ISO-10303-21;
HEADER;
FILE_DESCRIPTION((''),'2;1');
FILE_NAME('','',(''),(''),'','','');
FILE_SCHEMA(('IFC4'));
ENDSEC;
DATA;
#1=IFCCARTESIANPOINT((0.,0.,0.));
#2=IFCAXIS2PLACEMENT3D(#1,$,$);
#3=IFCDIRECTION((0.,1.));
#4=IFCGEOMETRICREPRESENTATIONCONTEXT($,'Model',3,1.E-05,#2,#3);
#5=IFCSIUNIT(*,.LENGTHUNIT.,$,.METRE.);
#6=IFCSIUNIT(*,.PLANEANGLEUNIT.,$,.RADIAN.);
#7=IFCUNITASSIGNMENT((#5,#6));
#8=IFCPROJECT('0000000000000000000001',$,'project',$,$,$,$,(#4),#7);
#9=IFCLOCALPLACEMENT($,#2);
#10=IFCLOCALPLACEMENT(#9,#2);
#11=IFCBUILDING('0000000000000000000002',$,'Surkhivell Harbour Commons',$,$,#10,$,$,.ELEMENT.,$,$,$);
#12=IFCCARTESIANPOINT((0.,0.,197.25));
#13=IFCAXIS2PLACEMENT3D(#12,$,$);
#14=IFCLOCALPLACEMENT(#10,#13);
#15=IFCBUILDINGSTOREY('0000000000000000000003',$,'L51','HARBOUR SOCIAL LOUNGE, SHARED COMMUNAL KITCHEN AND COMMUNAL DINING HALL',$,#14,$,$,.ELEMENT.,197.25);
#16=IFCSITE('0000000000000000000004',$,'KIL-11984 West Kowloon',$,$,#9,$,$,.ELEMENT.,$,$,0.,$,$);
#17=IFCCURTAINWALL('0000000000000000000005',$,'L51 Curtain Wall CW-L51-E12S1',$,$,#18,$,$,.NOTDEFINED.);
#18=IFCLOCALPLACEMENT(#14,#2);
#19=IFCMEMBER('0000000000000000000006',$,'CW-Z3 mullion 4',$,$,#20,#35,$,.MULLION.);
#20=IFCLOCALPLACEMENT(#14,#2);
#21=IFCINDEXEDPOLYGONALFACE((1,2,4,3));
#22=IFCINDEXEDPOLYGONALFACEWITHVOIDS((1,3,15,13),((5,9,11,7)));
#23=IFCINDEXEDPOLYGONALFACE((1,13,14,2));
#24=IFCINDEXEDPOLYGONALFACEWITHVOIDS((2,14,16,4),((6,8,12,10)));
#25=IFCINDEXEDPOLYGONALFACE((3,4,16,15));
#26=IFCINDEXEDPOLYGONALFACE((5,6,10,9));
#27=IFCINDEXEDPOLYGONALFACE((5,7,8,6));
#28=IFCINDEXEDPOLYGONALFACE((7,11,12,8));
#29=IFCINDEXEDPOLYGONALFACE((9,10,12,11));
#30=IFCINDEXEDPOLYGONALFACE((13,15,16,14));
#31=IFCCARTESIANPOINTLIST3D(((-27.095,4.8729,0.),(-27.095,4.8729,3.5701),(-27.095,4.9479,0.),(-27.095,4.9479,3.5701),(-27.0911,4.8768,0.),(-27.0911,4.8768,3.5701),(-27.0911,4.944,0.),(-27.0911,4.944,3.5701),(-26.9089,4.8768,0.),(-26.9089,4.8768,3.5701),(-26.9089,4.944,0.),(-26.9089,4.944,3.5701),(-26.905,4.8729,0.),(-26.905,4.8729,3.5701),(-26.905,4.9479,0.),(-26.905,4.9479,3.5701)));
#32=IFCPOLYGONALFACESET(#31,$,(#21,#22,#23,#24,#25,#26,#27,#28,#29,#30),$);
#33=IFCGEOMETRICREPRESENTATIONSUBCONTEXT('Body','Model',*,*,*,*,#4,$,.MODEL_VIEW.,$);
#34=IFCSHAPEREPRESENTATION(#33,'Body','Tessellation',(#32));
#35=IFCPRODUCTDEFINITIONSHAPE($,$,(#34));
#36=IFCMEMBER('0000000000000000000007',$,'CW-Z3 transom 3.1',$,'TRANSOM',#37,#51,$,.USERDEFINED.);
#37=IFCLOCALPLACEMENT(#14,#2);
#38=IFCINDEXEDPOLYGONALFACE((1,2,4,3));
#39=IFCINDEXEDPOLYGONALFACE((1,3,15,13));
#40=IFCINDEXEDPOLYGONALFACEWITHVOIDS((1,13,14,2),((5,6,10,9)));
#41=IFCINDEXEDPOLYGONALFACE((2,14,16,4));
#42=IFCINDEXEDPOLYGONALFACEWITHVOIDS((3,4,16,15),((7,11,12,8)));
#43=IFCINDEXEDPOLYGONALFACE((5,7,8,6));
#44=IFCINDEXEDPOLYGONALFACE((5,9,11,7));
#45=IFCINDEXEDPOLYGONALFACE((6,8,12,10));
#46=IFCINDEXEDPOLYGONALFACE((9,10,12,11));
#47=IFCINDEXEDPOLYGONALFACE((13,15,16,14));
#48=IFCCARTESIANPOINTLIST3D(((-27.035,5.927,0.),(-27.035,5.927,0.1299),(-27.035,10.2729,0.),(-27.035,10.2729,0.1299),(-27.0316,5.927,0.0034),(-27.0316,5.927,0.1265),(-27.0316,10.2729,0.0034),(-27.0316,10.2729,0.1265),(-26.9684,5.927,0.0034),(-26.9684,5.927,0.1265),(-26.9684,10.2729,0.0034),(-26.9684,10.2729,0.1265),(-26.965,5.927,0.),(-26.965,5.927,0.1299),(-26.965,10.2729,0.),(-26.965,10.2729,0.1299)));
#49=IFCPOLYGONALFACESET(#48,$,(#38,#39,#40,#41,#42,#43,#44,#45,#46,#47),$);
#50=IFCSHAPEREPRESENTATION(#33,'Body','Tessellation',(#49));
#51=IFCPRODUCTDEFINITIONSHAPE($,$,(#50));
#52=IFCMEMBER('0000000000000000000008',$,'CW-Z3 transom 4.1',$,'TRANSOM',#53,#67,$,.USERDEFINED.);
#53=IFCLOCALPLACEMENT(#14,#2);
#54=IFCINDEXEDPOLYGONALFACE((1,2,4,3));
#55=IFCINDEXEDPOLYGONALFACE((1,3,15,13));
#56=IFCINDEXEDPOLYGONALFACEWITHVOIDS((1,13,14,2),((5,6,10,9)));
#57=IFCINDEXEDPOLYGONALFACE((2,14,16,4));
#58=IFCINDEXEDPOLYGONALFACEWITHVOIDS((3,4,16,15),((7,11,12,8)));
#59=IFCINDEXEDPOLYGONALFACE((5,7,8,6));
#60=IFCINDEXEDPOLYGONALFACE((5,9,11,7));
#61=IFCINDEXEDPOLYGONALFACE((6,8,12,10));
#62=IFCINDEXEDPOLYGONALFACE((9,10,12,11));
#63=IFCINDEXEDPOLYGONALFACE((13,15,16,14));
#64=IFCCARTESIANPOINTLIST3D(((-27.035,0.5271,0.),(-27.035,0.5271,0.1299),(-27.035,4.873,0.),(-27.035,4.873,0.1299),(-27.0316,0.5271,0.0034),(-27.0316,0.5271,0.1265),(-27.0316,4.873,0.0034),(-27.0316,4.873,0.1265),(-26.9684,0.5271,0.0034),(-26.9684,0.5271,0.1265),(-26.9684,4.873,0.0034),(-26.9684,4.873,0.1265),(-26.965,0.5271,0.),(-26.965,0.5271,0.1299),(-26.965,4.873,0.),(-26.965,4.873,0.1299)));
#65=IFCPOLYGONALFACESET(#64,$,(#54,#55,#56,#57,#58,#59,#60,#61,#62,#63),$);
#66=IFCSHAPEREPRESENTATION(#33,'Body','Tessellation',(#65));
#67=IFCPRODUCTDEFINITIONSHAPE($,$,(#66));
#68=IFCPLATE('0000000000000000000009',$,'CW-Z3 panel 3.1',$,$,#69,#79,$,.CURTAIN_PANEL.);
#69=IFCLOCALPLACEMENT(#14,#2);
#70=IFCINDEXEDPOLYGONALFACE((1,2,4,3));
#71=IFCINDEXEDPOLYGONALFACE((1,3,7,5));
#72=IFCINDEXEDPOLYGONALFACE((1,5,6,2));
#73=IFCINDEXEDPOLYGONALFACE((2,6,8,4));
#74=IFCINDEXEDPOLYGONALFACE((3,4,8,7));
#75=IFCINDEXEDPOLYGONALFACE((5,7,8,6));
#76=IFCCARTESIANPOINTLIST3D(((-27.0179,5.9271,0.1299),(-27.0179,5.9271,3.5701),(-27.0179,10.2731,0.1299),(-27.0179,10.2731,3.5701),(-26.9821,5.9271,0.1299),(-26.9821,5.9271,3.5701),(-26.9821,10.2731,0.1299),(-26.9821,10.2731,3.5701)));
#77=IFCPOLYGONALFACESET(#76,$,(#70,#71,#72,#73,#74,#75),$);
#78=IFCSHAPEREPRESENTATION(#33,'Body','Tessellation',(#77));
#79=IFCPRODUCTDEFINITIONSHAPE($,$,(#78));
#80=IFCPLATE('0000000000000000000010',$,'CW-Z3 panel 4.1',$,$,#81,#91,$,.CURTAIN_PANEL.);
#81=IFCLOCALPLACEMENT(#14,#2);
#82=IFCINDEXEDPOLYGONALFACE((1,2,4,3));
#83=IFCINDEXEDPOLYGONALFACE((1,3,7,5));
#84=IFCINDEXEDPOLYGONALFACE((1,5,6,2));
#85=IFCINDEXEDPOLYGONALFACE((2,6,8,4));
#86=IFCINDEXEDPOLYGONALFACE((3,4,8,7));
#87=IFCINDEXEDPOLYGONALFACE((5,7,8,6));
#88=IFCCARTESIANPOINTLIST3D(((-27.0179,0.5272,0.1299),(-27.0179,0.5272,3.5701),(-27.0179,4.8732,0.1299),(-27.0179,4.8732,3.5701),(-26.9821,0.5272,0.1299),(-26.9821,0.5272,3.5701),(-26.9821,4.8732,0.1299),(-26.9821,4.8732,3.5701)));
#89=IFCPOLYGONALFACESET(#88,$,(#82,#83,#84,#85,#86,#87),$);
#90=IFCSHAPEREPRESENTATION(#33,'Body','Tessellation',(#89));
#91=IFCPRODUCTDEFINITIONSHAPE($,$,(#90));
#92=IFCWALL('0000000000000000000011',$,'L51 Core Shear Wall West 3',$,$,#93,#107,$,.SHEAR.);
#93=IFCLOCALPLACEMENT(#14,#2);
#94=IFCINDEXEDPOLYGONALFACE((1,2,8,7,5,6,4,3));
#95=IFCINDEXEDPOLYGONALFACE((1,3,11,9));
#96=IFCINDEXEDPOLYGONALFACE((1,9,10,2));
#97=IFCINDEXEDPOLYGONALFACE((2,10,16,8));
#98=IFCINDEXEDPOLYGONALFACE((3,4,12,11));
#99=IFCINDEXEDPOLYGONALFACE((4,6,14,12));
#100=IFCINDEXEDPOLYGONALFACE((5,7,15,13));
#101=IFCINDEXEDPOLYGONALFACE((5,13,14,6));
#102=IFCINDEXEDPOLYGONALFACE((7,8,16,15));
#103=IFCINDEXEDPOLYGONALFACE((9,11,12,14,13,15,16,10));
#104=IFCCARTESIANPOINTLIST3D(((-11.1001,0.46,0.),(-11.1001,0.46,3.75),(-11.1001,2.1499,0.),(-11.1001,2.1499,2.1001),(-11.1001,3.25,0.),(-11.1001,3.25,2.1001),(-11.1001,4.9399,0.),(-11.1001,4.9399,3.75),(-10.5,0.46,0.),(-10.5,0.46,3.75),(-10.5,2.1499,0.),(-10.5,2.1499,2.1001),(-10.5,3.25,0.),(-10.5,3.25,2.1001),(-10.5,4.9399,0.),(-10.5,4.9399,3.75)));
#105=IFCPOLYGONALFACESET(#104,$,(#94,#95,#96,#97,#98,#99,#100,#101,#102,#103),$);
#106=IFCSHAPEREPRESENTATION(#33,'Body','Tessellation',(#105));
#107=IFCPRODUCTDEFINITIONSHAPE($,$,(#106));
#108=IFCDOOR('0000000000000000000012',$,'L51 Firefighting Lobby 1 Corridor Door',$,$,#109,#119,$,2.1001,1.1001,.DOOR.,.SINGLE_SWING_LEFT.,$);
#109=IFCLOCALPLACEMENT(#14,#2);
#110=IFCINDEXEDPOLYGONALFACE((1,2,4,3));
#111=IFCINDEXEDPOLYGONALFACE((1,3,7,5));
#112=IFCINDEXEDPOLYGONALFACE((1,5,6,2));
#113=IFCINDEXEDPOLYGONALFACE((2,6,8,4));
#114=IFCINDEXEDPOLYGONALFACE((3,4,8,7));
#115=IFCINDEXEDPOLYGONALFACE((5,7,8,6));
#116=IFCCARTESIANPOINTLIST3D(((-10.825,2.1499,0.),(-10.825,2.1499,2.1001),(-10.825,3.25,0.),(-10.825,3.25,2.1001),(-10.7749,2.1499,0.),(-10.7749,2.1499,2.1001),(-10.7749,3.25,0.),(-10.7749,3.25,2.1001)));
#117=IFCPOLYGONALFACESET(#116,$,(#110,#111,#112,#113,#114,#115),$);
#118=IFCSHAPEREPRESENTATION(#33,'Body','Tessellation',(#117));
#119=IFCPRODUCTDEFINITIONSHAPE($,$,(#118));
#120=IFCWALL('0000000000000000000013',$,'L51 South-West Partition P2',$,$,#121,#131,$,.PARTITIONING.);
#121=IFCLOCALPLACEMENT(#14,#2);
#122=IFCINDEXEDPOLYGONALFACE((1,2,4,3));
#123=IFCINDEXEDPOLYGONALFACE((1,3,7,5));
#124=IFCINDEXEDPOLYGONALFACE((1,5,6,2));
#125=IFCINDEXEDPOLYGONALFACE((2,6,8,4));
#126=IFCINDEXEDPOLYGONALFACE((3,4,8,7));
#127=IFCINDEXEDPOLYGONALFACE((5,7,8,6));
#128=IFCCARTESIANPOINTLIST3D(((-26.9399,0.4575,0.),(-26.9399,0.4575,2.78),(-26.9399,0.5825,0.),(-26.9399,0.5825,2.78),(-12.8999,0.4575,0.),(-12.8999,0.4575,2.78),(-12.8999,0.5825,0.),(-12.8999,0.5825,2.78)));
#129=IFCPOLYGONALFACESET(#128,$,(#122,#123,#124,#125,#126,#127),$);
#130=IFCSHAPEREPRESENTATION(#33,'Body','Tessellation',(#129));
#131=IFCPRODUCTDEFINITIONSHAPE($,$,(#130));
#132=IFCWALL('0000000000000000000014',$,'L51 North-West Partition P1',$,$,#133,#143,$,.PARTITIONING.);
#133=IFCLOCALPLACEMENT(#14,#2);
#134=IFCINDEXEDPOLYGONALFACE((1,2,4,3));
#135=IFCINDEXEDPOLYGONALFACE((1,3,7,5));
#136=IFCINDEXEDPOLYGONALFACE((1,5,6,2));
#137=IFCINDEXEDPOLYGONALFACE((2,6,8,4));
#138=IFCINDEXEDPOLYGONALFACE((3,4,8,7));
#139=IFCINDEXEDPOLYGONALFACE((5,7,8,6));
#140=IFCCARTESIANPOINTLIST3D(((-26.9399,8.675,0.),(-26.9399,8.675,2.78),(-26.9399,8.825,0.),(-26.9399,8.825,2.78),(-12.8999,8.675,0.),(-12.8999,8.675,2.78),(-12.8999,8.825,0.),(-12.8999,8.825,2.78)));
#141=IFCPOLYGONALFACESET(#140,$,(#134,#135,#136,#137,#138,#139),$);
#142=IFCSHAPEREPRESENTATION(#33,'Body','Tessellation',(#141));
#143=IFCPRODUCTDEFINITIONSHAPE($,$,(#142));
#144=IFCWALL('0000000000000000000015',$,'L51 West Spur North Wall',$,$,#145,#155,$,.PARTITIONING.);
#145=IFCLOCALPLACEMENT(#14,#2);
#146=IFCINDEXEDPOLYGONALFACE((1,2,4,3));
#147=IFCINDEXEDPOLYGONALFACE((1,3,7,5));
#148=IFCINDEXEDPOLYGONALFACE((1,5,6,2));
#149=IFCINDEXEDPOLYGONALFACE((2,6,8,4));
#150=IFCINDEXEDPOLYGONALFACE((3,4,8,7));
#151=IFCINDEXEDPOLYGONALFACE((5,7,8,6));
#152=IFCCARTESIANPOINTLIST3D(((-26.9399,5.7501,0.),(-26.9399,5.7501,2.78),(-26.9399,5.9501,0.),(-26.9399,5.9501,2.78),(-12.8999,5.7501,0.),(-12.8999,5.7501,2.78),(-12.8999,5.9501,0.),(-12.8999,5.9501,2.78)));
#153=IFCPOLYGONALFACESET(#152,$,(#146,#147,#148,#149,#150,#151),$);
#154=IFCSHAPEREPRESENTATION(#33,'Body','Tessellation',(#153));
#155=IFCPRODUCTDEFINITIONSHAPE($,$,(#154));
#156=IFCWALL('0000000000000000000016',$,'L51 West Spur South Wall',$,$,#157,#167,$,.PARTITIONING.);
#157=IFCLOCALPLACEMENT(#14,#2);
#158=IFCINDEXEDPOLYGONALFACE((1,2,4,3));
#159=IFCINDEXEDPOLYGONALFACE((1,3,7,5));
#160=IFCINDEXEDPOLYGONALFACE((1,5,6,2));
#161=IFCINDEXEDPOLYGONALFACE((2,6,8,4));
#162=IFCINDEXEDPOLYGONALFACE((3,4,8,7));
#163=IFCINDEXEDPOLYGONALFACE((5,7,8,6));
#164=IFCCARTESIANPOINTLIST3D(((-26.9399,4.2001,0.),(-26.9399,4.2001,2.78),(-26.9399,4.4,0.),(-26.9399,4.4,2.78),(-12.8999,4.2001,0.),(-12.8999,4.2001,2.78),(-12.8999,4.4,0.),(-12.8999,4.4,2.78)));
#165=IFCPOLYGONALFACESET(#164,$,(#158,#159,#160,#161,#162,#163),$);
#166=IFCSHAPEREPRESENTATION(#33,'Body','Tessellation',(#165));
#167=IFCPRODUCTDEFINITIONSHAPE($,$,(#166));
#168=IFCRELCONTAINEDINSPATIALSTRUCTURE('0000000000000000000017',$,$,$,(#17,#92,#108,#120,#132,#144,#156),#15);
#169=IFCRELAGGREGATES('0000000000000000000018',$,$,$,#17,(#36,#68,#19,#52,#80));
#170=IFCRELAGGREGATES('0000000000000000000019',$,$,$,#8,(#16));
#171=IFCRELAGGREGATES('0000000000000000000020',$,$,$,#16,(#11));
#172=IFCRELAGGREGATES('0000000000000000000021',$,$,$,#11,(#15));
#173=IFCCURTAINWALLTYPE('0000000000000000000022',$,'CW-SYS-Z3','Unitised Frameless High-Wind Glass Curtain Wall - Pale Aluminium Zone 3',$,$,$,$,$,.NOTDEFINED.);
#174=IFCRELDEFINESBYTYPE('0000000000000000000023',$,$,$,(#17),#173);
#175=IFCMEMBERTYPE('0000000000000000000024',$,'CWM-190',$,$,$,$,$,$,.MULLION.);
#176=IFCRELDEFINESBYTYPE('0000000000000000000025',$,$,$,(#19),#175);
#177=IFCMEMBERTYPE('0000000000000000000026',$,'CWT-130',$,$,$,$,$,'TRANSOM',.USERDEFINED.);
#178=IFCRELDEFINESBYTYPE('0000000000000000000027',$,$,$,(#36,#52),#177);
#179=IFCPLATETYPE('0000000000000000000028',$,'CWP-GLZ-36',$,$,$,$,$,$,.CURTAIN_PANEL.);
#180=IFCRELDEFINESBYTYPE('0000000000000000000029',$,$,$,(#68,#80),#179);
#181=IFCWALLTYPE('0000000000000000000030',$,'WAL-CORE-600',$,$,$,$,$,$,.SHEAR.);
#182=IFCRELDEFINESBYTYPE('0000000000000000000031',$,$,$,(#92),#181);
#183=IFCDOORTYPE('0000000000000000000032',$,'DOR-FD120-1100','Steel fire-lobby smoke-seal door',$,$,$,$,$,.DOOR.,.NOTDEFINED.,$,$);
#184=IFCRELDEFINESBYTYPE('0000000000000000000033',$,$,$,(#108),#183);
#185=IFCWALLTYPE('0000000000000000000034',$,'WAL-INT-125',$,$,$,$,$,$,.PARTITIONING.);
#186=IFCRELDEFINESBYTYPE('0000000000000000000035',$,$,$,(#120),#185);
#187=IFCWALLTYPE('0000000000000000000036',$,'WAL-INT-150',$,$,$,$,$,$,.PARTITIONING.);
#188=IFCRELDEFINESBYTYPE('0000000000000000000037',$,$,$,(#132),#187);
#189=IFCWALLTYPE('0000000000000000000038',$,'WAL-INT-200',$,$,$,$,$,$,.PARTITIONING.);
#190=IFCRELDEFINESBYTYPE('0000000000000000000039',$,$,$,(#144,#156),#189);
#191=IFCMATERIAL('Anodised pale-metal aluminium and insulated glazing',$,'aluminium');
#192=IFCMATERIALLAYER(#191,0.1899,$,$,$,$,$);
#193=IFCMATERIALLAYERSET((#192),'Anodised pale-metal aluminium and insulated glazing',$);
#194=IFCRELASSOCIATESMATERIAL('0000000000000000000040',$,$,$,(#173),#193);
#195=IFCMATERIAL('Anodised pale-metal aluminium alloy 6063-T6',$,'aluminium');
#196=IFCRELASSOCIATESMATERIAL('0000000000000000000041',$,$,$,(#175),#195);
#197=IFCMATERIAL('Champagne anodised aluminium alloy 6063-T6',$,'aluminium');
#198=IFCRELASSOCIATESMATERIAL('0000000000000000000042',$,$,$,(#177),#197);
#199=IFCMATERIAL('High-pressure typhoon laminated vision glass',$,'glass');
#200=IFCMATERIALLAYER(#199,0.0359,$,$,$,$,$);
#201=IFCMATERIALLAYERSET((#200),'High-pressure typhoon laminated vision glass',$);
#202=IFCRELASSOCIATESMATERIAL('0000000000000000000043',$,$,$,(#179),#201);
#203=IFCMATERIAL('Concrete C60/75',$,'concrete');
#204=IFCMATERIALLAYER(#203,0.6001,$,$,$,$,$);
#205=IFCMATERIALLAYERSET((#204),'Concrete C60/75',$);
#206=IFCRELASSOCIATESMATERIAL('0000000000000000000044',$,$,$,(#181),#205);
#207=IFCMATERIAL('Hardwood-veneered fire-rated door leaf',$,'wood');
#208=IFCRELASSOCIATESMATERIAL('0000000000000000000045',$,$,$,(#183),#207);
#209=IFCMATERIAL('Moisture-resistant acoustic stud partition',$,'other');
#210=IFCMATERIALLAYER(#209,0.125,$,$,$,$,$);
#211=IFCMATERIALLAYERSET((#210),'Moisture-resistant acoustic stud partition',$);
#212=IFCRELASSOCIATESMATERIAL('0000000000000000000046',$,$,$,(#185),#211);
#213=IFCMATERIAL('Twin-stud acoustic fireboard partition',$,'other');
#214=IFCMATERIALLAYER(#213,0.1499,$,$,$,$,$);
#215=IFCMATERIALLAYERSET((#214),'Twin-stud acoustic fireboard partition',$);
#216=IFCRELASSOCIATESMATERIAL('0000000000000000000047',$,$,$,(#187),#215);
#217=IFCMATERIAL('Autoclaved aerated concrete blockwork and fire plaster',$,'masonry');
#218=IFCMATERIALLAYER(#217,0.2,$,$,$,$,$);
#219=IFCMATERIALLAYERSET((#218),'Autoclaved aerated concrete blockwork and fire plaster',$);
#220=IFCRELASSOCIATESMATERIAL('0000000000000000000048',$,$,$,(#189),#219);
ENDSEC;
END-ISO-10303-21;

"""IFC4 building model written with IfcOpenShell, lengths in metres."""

from ifc_helpers import new_model, si_unit, direction, frame, frame_2d, origin, origin_2d, place, context, subcontext, project, spatial, rectangle, hollow_rectangle, extrude, material, layer, layer_set, material_profile, profile_set, type_object, element, fill, aggregate, save


model = new_model("IFC4")

# Units and contexts
model_context = context("Model", 3, precision=1e-05, world=origin(), true_north=direction((0.0, 1.0)))
body_context = subcontext(model_context, "Body", "Model", "MODEL_VIEW")
ifc_project = project(units=[si_unit("LENGTHUNIT", "METRE"), si_unit("PLANEANGLEUNIT", "RADIAN")], contexts=[model_context])

# Site, building, storey
site_placement = place(None, origin())
site = spatial("IfcSite", under=ifc_project, at=site_placement, Name="KIL-11984 West Kowloon", CompositionType="ELEMENT", RefElevation=0.0)
building_placement = place(site_placement, origin())
building = spatial("IfcBuilding", under=site, at=building_placement, Name="Surkhivell Harbour Commons", CompositionType="ELEMENT")
storey_placement = place(building_placement, frame((0.0, 0.0, 197.25)))
storey = spatial("IfcBuildingStorey", under=building, at=storey_placement, Name="L51", Description="HARBOUR SOCIAL LOUNGE, SHARED COMMUNAL KITCHEN AND COMMUNAL DINING HALL", CompositionType="ELEMENT", Elevation=197.25)

# Shared definitions
ifc_material_1 = material(Name="Concrete C60/75", Category="concrete")

# Curtain wall, members, plates
ifc_material_2 = material(Name="Anodised pale-metal aluminium and insulated glazing", Category="aluminium")
ifc_layer_1 = layer(ifc_material_2, 0.1899)
ifc_layer_set_1 = layer_set([ifc_layer_1], Name="Anodised pale-metal aluminium and insulated glazing")
curtain_wall_type = type_object("IfcCurtainWallType", Name="CW-SYS-Z3", Description="Unitised Frameless High-Wind Glass Curtain Wall - Pale Aluminium Zone 3", PredefinedType="NOTDEFINED", material=ifc_layer_set_1)
curtain_wall_placement = place(storey_placement, origin())
curtain_wall = element("IfcCurtainWall", 1, at=curtain_wall_placement, inside=storey, type_object=curtain_wall_type, Name="L51 Curtain Wall CW-L51-E12S1", PredefinedType="NOTDEFINED")
ifc_material_3 = material(Name="Anodised pale-metal aluminium alloy 6063-T6", Category="aluminium")
ifc_material_profile_1 = material_profile(ifc_material_3, hollow_rectangle(XDim=0.075, YDim=0.1899, WallThickness=0.0039, at=origin_2d()), Name="ALU-MULL-75x190")
ifc_profile_set_1 = profile_set([ifc_material_profile_1], Name="Anodised pale-metal aluminium alloy 6063-T6")
member_type_1 = type_object("IfcMemberType", Name="CWM-190", PredefinedType="MULLION", material=ifc_profile_set_1)
member_1_placement = place(storey_placement, frame((-27.0, 4.9104, 0.0), z_axis=(0.0, 0.0, 1.0), x_axis=(0.0, -1.0, 0.0)))
member_1 = element("IfcMember", 2, at=member_1_placement, type_object=member_type_1, Name="CW-Z3 mullion 4", PredefinedType="MULLION", context=body_context, shape_type="SweptSolid", body=[
    extrude(hollow_rectangle(XDim=0.075, YDim=0.1899, WallThickness=0.0039, at=origin_2d()), origin(), (0.0, 0.0, 1.0), 3.5701),
])
ifc_material_4 = material(Name="Champagne anodised aluminium alloy 6063-T6", Category="aluminium")
ifc_material_profile_2 = material_profile(ifc_material_4, hollow_rectangle(XDim=0.0701, YDim=0.1299, WallThickness=0.0034, at=origin_2d()), Name="ALU-TRAN-70x130")
ifc_profile_set_2 = profile_set([ifc_material_profile_2], Name="Champagne anodised aluminium alloy 6063-T6")
member_type_2 = type_object("IfcMemberType", Name="CWT-130", ElementType="TRANSOM", PredefinedType="USERDEFINED", material=ifc_profile_set_2)
member_2_placement = place(storey_placement, frame((-27.0, 10.2729, 0.0649), z_axis=(0.0, -1.0, 0.0), x_axis=(1.0, 0.0, 0.0)))
member_2 = element("IfcMember", 3, at=member_2_placement, type_object=member_type_2, Name="CW-Z3 transom 3.1", ObjectType="TRANSOM", PredefinedType="USERDEFINED", context=body_context, shape_type="SweptSolid", body=[
    extrude(hollow_rectangle(XDim=0.0701, YDim=0.1299, WallThickness=0.0034, at=origin_2d()), origin(), (0.0, 0.0, 1.0), 4.3459),
])
member_3_placement = place(storey_placement, frame((-27.0, 4.873, 0.0649), z_axis=(0.0, -1.0, 0.0), x_axis=(1.0, 0.0, 0.0)))
member_3 = element("IfcMember", 4, at=member_3_placement, type_object=member_type_2, Name="CW-Z3 transom 4.1", ObjectType="TRANSOM", PredefinedType="USERDEFINED", context=body_context, shape_type="SweptSolid", body=[
    extrude(hollow_rectangle(XDim=0.0701, YDim=0.1299, WallThickness=0.0034, at=origin_2d()), origin(), (0.0, 0.0, 1.0), 4.3459),
])
ifc_material_5 = material(Name="High-pressure typhoon laminated vision glass", Category="glass")
ifc_layer_2 = layer(ifc_material_5, 0.0359)
ifc_layer_set_2 = layer_set([ifc_layer_2], Name="High-pressure typhoon laminated vision glass")
plate_type = type_object("IfcPlateType", Name="CWP-GLZ-36", PredefinedType="CURTAIN_PANEL", material=ifc_layer_set_2)
plate_1_placement = place(storey_placement, frame((-27.0, 10.2729, 0.1299), z_axis=(0.0, 0.0, 1.0), x_axis=(0.0, -1.0, 0.0)))
plate_1 = element("IfcPlate", 5, at=plate_1_placement, type_object=plate_type, Name="CW-Z3 panel 3.1", PredefinedType="CURTAIN_PANEL", context=body_context, shape_type="SweptSolid", body=[
    extrude(rectangle(XDim=4.3459, YDim=0.0359, at=frame_2d((2.1729, 0.0))), origin(), (0.0, 0.0, 1.0), 3.4402),
])
plate_2_placement = place(storey_placement, frame((-27.0, 4.873, 0.1299), z_axis=(0.0, 0.0, 1.0), x_axis=(0.0, -1.0, 0.0)))
plate_2 = element("IfcPlate", 6, at=plate_2_placement, type_object=plate_type, Name="CW-Z3 panel 4.1", PredefinedType="CURTAIN_PANEL", context=body_context, shape_type="SweptSolid", body=[
    extrude(rectangle(XDim=4.3459, YDim=0.0359, at=frame_2d((2.1729, 0.0))), origin(), (0.0, 0.0, 1.0), 3.4402),
])
aggregate(curtain_wall, [member_2, plate_1, member_1, member_3, plate_2])

# Wall, opening, door
ifc_layer_3 = layer(ifc_material_1, 0.6001)
ifc_layer_set_3 = layer_set([ifc_layer_3], Name="Concrete C60/75")
wall_type_1 = type_object("IfcWallType", Name="WAL-CORE-600", PredefinedType="SHEAR", material=ifc_layer_set_3)
wall_1_placement = place(storey_placement, frame((-10.8, 0.46, 0.0), z_axis=(0.0, 0.0, 1.0), x_axis=(0.0, 1.0, 0.0)))
wall_1 = element("IfcWall", 7, at=wall_1_placement, inside=storey, type_object=wall_type_1, Name="L51 Core Shear Wall West 3", PredefinedType="SHEAR", context=body_context, shape_type="SweptSolid", body=[
    extrude(rectangle(XDim=4.48, YDim=0.6001, at=frame_2d((2.24, 0.0))), origin(), (0.0, 0.0, 1.0), 3.75),
])
opening_1_placement = place(wall_1_placement, frame((1.6899, 0.0, 0.0)))
opening_1 = element("IfcOpeningElement", 8, at=opening_1_placement, cuts=wall_1, PredefinedType="OPENING", context=body_context, shape_type="SweptSolid", body=[
    extrude(rectangle(XDim=1.1001, YDim=2.1001, at=frame_2d((0.55, 1.05))), frame((0.0, 0.3101, 0.0), z_axis=(0.0, -1.0, 0.0), x_axis=(1.0, 0.0, 0.0)), (0.0, 0.0, 1.0), 0.6201),
])
ifc_material_6 = material(Name="Hardwood-veneered fire-rated door leaf", Category="wood")
door_type_1 = type_object("IfcDoorType", Name="DOR-FD120-1100", Description="Steel fire-lobby smoke-seal door", OperationType="NOTDEFINED", PredefinedType="DOOR", material=ifc_material_6)
door_1_placement = place(opening_1_placement, origin())
door_1 = element("IfcDoor", 9, at=door_1_placement, inside=storey, type_object=door_type_1, Name="L51 Firefighting Lobby 1 Corridor Door", OperationType="SINGLE_SWING_LEFT", OverallHeight=2.1001, OverallWidth=1.1001, PredefinedType="DOOR", context=body_context, shape_type="SweptSolid", body=[
    extrude(rectangle(XDim=1.1001, YDim=2.1001, at=frame_2d((0.55, 1.05))), frame((0.0, 0.0249, 0.0), z_axis=(0.0, -1.0, 0.0), x_axis=(1.0, 0.0, 0.0)), (0.0, 0.0, 1.0), 0.05),
])
fill(opening_1, door_1)

# Walls
ifc_material_7 = material(Name="Moisture-resistant acoustic stud partition", Category="other")
ifc_layer_4 = layer(ifc_material_7, 0.125)
ifc_layer_set_4 = layer_set([ifc_layer_4], Name="Moisture-resistant acoustic stud partition")
wall_type_2 = type_object("IfcWallType", Name="WAL-INT-125", PredefinedType="PARTITIONING", material=ifc_layer_set_4)
wall_2_placement = place(storey_placement, frame((-26.9399, 0.52, 0.0), z_axis=(0.0, 0.0, 1.0), x_axis=(1.0, 0.0, 0.0)))
element("IfcWall", 10, at=wall_2_placement, inside=storey, type_object=wall_type_2, Name="L51 South-West Partition P2", PredefinedType="PARTITIONING", context=body_context, shape_type="SweptSolid", body=[
    extrude(rectangle(XDim=14.04, YDim=0.125, at=frame_2d((7.02, 0.0))), origin(), (0.0, 0.0, 1.0), 2.78),
])
ifc_material_8 = material(Name="Twin-stud acoustic fireboard partition", Category="other")
ifc_layer_5 = layer(ifc_material_8, 0.1499)
ifc_layer_set_5 = layer_set([ifc_layer_5], Name="Twin-stud acoustic fireboard partition")
wall_type_3 = type_object("IfcWallType", Name="WAL-INT-150", PredefinedType="PARTITIONING", material=ifc_layer_set_5)
wall_3_placement = place(storey_placement, frame((-26.9399, 8.75, 0.0), z_axis=(0.0, 0.0, 1.0), x_axis=(1.0, 0.0, 0.0)))
element("IfcWall", 11, at=wall_3_placement, inside=storey, type_object=wall_type_3, Name="L51 North-West Partition P1", PredefinedType="PARTITIONING", context=body_context, shape_type="SweptSolid", body=[
    extrude(rectangle(XDim=14.04, YDim=0.1499, at=frame_2d((7.02, 0.0))), origin(), (0.0, 0.0, 1.0), 2.78),
])
ifc_material_9 = material(Name="Autoclaved aerated concrete blockwork and fire plaster", Category="masonry")
ifc_layer_6 = layer(ifc_material_9, 0.2)
ifc_layer_set_6 = layer_set([ifc_layer_6], Name="Autoclaved aerated concrete blockwork and fire plaster")
wall_type_4 = type_object("IfcWallType", Name="WAL-INT-200", PredefinedType="PARTITIONING", material=ifc_layer_set_6)
for number, where, z_axis, x_axis, name in (
    (12, (-26.9399, 5.8501, 0.0), (0.0, 0.0, 1.0), (1.0, 0.0, 0.0), "L51 West Spur North Wall"),
    (13, (-26.9399, 4.3, 0.0), (0.0, 0.0, 1.0), (1.0, 0.0, 0.0), "L51 West Spur South Wall"),
):
    element("IfcWall", number, at=place(storey_placement, frame(where, z_axis=z_axis, x_axis=x_axis)), inside=storey, type_object=wall_type_4, Name=name, PredefinedType="PARTITIONING", context=body_context, shape_type="SweptSolid", body=[
        extrude(rectangle(XDim=14.04, YDim=0.2, at=frame_2d((7.02, 0.0))), origin(), (0.0, 0.0, 1.0), 2.78),
    ])

save(model, "model.ifc")
